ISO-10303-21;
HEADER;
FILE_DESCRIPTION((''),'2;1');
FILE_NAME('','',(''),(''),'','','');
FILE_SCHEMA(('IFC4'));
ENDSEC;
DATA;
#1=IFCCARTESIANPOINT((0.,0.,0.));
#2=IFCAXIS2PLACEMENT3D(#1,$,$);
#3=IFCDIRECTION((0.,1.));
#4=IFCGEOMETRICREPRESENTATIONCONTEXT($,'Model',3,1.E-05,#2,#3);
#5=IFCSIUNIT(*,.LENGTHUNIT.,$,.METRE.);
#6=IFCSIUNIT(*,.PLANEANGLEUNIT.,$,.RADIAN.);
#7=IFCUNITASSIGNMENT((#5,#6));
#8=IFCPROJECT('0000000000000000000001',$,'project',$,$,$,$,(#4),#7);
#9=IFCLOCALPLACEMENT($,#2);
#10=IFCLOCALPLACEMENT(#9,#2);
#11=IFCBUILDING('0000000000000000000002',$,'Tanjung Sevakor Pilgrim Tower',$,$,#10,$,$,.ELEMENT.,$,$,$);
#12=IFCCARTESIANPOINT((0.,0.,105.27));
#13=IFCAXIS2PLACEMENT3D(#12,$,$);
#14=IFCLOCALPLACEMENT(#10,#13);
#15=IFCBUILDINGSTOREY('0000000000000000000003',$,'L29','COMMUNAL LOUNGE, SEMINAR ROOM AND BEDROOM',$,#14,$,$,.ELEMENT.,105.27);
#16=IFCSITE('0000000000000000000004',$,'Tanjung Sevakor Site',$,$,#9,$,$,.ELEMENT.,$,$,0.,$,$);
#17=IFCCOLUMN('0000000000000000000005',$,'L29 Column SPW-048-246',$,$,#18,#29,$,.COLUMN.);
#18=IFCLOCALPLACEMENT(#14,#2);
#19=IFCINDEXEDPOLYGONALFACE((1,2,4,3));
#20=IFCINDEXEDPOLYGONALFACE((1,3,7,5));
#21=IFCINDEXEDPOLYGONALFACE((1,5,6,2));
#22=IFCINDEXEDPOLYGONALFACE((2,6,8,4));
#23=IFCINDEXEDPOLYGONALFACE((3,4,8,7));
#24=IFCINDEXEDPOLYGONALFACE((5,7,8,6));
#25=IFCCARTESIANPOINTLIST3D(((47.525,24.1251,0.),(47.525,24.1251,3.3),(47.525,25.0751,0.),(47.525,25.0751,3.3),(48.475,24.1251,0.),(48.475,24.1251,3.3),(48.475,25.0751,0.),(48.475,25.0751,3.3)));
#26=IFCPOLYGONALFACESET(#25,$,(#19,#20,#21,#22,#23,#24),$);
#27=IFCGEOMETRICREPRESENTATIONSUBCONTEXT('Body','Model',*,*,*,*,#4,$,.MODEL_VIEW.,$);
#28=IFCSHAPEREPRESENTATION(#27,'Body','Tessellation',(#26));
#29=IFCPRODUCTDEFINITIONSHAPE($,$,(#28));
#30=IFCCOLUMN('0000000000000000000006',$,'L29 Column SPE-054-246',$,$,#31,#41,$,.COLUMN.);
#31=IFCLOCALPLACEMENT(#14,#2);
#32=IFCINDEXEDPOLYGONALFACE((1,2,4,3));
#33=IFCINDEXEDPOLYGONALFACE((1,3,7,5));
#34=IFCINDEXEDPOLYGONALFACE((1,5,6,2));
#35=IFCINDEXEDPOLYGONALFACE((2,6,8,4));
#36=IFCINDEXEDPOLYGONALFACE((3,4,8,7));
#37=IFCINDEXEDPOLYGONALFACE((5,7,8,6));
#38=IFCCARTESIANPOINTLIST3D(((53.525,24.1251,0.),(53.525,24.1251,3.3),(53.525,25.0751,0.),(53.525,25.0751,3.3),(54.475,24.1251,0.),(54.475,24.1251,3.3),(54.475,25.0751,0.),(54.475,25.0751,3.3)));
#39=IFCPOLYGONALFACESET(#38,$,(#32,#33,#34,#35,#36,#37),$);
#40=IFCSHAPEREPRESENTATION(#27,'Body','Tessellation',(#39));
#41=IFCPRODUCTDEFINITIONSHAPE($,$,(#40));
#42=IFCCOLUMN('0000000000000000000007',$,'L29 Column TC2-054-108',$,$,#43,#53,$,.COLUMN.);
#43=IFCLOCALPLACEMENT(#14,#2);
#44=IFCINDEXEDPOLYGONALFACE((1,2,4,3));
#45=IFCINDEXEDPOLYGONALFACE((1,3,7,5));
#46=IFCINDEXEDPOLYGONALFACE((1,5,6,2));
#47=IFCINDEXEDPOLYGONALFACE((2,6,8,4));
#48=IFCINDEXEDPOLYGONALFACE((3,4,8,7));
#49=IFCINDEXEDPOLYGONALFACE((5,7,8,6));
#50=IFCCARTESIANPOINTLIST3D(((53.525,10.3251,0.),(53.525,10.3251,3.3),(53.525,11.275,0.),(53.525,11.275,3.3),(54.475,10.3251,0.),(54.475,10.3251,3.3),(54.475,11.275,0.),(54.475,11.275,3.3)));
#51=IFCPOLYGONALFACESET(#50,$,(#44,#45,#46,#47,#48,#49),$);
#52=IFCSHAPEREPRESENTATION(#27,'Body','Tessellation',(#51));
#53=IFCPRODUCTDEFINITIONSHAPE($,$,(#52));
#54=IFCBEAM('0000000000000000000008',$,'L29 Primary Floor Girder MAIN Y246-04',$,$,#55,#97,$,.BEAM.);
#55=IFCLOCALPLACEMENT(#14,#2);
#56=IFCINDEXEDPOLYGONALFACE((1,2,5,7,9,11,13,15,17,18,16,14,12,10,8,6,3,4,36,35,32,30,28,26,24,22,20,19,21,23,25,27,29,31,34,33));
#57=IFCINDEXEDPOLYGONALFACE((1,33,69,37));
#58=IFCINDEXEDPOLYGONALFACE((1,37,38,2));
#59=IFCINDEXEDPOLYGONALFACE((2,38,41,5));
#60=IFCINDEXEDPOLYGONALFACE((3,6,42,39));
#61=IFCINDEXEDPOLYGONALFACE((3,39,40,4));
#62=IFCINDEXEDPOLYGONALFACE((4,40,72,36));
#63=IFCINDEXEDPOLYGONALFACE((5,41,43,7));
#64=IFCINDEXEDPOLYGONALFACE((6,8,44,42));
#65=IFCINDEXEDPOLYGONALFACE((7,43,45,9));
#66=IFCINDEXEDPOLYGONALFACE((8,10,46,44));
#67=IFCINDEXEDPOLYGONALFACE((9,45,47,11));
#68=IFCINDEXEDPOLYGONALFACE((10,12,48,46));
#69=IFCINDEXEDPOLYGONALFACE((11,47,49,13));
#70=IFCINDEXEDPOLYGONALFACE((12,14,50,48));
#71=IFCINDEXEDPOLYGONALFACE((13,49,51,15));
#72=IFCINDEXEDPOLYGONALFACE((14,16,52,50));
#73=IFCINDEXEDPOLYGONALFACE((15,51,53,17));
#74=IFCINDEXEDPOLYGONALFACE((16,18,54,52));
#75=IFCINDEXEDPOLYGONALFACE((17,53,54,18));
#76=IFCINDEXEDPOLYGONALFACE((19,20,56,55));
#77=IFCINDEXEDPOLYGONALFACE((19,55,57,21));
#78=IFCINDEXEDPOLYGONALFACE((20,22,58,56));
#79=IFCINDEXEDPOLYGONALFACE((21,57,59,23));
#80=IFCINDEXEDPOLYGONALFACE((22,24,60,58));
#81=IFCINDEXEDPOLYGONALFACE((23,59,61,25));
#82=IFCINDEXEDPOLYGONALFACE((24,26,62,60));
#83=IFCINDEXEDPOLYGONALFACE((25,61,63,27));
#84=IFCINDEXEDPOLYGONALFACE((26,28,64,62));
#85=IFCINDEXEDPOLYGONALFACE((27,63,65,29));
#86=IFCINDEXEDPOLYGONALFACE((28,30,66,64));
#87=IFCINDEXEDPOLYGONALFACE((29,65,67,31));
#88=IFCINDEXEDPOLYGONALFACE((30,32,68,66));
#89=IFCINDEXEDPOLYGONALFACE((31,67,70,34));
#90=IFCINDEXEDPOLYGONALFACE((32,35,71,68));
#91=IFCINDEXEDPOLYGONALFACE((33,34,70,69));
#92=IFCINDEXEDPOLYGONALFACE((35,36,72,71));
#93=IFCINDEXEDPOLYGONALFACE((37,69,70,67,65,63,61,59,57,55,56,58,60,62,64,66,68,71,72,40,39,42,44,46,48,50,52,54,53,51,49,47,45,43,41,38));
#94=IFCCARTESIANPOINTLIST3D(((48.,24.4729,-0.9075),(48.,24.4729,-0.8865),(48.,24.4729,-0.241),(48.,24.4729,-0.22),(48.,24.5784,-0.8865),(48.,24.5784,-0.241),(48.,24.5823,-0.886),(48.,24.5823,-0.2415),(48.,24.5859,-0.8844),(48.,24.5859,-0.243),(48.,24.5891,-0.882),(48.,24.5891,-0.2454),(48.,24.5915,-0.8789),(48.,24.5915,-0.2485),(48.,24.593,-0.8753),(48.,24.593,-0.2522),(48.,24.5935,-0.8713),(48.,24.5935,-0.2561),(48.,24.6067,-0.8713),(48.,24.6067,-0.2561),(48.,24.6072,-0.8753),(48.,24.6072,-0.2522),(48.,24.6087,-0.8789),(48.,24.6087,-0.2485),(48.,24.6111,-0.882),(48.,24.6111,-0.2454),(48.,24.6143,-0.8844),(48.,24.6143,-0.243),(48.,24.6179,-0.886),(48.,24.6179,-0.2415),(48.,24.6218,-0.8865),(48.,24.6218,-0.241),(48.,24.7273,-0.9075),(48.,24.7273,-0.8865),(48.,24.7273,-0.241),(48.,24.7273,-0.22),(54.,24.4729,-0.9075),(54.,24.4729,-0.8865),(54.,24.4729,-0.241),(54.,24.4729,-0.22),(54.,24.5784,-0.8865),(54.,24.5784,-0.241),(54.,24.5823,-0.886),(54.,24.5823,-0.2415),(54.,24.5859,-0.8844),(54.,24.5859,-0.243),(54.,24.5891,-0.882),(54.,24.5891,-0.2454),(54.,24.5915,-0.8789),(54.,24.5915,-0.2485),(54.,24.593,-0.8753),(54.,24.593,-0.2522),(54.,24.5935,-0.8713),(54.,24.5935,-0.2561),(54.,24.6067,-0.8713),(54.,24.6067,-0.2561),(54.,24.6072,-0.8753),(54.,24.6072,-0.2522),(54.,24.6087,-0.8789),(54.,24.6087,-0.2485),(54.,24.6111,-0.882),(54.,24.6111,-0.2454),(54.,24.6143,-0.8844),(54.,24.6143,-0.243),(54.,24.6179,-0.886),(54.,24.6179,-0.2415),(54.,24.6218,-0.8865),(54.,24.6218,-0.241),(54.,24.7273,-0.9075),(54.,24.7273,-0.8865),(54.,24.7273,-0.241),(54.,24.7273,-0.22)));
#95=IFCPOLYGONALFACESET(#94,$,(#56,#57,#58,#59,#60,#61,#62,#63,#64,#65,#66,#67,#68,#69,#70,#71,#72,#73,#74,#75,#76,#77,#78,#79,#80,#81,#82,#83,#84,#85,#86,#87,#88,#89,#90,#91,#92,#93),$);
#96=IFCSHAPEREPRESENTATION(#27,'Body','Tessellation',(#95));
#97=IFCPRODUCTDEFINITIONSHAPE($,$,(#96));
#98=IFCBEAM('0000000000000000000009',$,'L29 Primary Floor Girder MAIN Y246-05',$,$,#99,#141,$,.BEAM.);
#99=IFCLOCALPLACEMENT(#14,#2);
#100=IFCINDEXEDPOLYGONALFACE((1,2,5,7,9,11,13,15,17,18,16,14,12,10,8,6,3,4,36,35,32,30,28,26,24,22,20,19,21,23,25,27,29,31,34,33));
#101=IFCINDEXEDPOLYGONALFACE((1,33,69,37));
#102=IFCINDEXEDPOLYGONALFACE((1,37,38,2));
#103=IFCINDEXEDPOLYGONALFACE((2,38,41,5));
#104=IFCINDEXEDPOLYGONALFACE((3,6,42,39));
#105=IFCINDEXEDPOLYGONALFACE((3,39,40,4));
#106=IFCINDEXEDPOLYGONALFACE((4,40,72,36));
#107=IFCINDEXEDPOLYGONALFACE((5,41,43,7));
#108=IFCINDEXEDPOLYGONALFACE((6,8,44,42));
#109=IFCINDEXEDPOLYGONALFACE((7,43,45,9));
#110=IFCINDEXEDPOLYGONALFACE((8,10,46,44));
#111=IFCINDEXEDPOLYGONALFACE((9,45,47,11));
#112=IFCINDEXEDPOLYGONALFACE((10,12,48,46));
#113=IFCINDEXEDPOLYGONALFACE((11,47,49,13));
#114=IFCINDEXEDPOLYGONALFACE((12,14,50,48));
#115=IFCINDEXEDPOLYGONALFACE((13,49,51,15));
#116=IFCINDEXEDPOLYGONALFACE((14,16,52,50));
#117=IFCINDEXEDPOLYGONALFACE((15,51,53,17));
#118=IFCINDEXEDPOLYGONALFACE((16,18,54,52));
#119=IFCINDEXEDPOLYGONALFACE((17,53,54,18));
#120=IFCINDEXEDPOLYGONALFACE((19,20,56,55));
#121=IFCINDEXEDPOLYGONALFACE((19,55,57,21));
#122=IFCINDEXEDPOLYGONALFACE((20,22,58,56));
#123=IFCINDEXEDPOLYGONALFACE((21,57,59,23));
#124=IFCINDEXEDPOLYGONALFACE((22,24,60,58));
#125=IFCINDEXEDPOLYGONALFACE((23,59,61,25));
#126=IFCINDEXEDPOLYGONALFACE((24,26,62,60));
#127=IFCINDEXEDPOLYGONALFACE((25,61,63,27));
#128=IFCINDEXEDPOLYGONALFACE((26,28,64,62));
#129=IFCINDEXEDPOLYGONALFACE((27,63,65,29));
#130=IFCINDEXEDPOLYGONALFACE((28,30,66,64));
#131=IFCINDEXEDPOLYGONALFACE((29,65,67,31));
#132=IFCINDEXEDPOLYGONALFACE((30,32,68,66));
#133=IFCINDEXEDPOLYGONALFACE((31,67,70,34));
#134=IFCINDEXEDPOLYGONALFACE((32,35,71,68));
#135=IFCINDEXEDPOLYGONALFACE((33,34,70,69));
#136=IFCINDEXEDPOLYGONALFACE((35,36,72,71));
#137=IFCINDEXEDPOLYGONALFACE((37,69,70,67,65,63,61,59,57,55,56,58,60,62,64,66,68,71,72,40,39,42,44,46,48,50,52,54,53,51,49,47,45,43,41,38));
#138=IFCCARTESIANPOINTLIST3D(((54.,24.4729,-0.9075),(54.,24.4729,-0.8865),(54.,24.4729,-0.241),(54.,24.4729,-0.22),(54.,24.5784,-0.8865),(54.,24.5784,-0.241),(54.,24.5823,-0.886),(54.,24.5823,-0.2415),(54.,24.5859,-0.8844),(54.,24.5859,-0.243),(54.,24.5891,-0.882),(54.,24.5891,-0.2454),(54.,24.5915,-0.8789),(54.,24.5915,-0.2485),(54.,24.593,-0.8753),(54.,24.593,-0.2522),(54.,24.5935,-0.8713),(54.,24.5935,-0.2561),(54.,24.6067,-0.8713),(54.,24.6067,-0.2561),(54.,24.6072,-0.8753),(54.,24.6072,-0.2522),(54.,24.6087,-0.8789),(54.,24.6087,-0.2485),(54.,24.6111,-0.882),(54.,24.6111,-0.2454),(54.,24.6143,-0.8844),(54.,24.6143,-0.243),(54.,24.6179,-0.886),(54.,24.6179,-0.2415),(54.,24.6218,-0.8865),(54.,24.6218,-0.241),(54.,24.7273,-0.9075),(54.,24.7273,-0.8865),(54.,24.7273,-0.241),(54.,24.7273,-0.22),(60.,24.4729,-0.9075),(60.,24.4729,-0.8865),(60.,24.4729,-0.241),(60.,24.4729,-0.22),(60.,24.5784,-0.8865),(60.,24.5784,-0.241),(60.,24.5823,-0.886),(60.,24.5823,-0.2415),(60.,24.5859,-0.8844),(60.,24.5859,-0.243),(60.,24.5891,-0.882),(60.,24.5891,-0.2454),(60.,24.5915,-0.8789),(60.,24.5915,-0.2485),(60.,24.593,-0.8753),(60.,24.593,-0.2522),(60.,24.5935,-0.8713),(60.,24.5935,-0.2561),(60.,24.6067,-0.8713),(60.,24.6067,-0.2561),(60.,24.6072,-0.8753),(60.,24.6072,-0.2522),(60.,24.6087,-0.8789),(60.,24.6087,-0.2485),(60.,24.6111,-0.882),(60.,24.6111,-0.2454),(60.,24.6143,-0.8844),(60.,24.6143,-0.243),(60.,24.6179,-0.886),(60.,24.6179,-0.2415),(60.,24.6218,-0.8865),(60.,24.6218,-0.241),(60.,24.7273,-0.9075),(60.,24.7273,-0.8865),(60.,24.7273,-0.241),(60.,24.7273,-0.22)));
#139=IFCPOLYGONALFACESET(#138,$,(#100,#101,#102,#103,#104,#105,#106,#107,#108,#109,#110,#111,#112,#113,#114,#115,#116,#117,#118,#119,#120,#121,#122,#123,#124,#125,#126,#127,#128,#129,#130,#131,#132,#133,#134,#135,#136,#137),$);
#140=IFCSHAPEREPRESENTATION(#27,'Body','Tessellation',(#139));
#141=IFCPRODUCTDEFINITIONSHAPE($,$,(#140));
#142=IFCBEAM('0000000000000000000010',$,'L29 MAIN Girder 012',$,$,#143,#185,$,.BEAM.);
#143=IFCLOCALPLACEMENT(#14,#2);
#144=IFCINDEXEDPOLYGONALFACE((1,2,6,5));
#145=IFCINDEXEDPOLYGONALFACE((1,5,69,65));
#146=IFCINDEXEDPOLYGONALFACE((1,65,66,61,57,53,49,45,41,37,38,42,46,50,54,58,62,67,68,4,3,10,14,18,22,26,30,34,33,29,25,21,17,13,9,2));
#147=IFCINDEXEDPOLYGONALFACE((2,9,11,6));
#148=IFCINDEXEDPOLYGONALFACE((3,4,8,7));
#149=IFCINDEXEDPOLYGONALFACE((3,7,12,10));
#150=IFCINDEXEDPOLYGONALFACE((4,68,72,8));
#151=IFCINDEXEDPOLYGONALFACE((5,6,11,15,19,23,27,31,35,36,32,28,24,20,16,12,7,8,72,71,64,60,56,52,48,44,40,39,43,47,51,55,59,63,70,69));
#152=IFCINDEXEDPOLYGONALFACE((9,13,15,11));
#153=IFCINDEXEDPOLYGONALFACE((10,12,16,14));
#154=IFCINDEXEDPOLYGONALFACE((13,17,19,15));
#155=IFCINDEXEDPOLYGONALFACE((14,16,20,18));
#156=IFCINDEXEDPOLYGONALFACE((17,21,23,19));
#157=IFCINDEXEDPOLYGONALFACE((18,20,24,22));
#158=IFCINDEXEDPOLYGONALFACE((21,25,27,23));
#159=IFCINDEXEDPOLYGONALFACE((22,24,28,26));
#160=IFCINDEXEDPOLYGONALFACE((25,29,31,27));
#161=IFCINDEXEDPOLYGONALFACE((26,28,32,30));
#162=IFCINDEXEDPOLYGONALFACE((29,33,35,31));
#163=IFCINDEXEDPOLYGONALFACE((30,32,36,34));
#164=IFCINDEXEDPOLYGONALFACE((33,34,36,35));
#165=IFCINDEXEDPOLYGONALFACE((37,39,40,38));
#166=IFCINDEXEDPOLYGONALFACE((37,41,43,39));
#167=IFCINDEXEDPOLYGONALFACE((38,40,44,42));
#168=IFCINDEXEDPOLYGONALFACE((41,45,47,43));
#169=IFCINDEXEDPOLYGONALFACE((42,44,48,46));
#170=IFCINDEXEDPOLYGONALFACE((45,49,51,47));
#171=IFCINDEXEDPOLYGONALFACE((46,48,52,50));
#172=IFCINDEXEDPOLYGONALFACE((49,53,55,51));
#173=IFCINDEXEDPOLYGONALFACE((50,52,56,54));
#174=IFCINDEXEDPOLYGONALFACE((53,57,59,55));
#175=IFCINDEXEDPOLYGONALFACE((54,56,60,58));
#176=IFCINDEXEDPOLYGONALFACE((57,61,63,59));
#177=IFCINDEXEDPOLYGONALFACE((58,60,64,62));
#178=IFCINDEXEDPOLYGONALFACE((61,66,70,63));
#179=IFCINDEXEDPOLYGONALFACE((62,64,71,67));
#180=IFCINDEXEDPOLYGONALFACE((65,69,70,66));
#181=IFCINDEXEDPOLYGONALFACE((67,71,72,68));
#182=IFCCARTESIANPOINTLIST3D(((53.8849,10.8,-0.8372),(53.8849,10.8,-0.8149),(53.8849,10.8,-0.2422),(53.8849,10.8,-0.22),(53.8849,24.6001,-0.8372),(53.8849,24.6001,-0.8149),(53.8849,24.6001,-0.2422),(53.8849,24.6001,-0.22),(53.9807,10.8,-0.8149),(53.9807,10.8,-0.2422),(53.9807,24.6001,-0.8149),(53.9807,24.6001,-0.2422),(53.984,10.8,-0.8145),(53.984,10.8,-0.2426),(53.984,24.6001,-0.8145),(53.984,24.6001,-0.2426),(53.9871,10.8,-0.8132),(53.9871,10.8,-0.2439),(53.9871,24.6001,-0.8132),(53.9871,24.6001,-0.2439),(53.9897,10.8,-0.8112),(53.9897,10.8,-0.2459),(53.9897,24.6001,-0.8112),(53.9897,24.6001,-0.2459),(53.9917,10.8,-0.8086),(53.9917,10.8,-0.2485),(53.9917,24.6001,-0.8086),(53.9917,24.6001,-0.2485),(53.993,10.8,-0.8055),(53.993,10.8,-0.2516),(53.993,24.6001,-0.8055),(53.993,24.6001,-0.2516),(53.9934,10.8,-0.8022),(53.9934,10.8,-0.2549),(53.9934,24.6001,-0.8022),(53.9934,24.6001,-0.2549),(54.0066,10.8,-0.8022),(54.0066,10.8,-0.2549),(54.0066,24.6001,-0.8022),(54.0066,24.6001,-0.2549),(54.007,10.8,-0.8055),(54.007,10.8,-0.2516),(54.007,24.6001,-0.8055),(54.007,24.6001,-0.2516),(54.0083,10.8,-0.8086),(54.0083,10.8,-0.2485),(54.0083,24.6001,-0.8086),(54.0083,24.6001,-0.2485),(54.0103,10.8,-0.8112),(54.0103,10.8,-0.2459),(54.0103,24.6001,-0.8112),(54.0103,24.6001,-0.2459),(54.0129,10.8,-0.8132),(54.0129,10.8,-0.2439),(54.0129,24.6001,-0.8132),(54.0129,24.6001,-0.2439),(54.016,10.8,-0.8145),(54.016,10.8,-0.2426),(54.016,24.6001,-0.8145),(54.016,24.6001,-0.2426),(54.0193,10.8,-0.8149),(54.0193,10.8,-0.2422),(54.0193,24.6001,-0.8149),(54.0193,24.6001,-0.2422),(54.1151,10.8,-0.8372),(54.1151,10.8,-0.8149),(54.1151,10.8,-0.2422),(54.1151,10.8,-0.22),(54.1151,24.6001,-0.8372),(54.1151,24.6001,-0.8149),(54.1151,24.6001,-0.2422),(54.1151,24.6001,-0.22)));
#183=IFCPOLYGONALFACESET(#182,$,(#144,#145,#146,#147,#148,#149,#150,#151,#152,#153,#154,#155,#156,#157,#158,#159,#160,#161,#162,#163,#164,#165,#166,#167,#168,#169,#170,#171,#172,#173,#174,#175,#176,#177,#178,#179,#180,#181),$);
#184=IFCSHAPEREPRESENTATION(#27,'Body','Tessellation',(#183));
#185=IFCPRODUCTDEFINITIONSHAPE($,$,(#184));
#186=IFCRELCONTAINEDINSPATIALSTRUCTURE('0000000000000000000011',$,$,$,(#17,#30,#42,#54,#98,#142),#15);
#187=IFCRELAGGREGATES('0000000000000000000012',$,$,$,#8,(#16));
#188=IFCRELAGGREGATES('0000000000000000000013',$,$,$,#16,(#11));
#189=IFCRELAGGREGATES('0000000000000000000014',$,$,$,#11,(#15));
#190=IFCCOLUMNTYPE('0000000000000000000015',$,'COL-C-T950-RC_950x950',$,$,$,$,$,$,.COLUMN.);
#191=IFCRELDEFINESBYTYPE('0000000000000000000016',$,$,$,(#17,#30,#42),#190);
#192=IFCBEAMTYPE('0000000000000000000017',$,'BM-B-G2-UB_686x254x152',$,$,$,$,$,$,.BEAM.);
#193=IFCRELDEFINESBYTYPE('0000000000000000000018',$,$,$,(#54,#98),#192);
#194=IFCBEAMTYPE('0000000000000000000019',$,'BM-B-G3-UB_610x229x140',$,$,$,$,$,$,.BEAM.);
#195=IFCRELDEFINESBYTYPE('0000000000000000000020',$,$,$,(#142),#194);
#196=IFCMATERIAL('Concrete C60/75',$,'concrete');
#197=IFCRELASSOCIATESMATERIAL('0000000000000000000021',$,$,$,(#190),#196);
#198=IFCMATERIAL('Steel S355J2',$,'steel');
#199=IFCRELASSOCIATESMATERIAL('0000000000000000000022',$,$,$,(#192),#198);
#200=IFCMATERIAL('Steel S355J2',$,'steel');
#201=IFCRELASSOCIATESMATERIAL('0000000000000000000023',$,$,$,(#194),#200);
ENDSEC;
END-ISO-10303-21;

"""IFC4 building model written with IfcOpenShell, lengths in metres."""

from ifc_helpers import new_model, si_unit, direction, frame, origin, origin_2d, place, context, subcontext, project, spatial, rectangle, i_section, extrude, material, material_profile, profile_set, type_object, element, save


model = new_model("IFC4")

# Units and contexts
model_context = context("Model", 3, precision=1e-05, world=origin(), true_north=direction((0.0, 1.0)))
body_context = subcontext(model_context, "Body", "Model", "MODEL_VIEW")
ifc_project = project(units=[si_unit("LENGTHUNIT", "METRE"), si_unit("PLANEANGLEUNIT", "RADIAN")], contexts=[model_context])

# Site, building, storey
site_placement = place(None, origin())
site = spatial("IfcSite", under=ifc_project, at=site_placement, Name="Tanjung Sevakor Site", CompositionType="ELEMENT", RefElevation=0.0)
building_placement = place(site_placement, origin())
building = spatial("IfcBuilding", under=site, at=building_placement, Name="Tanjung Sevakor Pilgrim Tower", CompositionType="ELEMENT")
storey_placement = place(building_placement, frame((0.0, 0.0, 105.27)))
storey = spatial("IfcBuildingStorey", under=building, at=storey_placement, Name="L29", Description="COMMUNAL LOUNGE, SEMINAR ROOM AND BEDROOM", CompositionType="ELEMENT", Elevation=105.27)

# Columns
ifc_material_1 = material(Name="Concrete C60/75", Category="concrete")
ifc_material_profile_1 = material_profile(ifc_material_1, rectangle(XDim=0.95, YDim=0.95, at=origin_2d()))
ifc_profile_set_1 = profile_set([ifc_material_profile_1], Name="Concrete C60/75")
column_type = type_object("IfcColumnType", Name="COL-C-T950-RC_950x950", PredefinedType="COLUMN", material=ifc_profile_set_1)
for number, where, z_axis, x_axis, name in (
    (1, (48.0, 24.6001, 0.0), (0.0, 0.0, 1.0), (1.0, 0.0, 0.0), "L29 Column SPW-048-246"),
    (2, (54.0, 24.6001, 0.0), (0.0, 0.0, 1.0), (1.0, 0.0, 0.0), "L29 Column SPE-054-246"),
    (3, (54.0, 10.8, 0.0), (0.0, 0.0, 1.0), (1.0, 0.0, 0.0), "L29 Column TC2-054-108"),
):
    element("IfcColumn", number, at=place(storey_placement, frame(where, z_axis=z_axis, x_axis=x_axis)), inside=storey, type_object=column_type, Name=name, PredefinedType="COLUMN", context=body_context, shape_type="SweptSolid", body=[
        extrude(rectangle(XDim=0.95, YDim=0.95, at=origin_2d()), origin(), (0.0, 0.0, 1.0), 3.3),
    ])

# Beams
ifc_material_2 = material(Name="Steel S355J2", Category="steel")
ifc_material_profile_2 = material_profile(ifc_material_2, i_section(OverallWidth=0.2544, OverallDepth=0.6875, WebThickness=0.0132, FlangeThickness=0.021, FilletRadius=0.0151, at=origin_2d()))
ifc_profile_set_2 = profile_set([ifc_material_profile_2], Name="Steel S355J2")
beam_type_1 = type_object("IfcBeamType", Name="BM-B-G2-UB_686x254x152", PredefinedType="BEAM", material=ifc_profile_set_2)
for number, where, z_axis, x_axis, name in (
    (4, (48.0, 24.6001, -0.5637), (1.0, 0.0, 0.0), (0.0, 1.0, 0.0), "L29 Primary Floor Girder MAIN Y246-04"),
    (5, (54.0, 24.6001, -0.5637), (1.0, 0.0, 0.0), (0.0, 1.0, 0.0), "L29 Primary Floor Girder MAIN Y246-05"),
):
    element("IfcBeam", number, at=place(storey_placement, frame(where, z_axis=z_axis, x_axis=x_axis)), inside=storey, type_object=beam_type_1, Name=name, PredefinedType="BEAM", context=body_context, shape_type="SweptSolid", body=[
        extrude(i_section(OverallWidth=0.2544, OverallDepth=0.6875, WebThickness=0.0132, FlangeThickness=0.021, FilletRadius=0.0151, at=origin_2d()), origin(), (0.0, 0.0, 1.0), 6.0),
    ])
ifc_material_3 = material(Name="Steel S355J2", Category="steel")
ifc_material_profile_3 = material_profile(ifc_material_3, i_section(OverallWidth=0.2302, OverallDepth=0.6172, WebThickness=0.0132, FlangeThickness=0.0222, FilletRadius=0.0127, at=origin_2d()))
ifc_profile_set_3 = profile_set([ifc_material_profile_3], Name="Steel S355J2")
beam_type_2 = type_object("IfcBeamType", Name="BM-B-G3-UB_610x229x140", PredefinedType="BEAM", material=ifc_profile_set_3)
beam_1_placement = place(storey_placement, frame((54.0, 10.8, -0.5286), z_axis=(0.0, 1.0, 0.0), x_axis=(-1.0, 0.0, 0.0)))
element("IfcBeam", 6, at=beam_1_placement, inside=storey, type_object=beam_type_2, Name="L29 MAIN Girder 012", PredefinedType="BEAM", context=body_context, shape_type="SweptSolid", body=[
    extrude(i_section(OverallWidth=0.2302, OverallDepth=0.6172, WebThickness=0.0132, FlangeThickness=0.0222, FilletRadius=0.0127, at=origin_2d()), origin(), (0.0, 0.0, 1.0), 13.8),
])

save(model, "model.ifc")
